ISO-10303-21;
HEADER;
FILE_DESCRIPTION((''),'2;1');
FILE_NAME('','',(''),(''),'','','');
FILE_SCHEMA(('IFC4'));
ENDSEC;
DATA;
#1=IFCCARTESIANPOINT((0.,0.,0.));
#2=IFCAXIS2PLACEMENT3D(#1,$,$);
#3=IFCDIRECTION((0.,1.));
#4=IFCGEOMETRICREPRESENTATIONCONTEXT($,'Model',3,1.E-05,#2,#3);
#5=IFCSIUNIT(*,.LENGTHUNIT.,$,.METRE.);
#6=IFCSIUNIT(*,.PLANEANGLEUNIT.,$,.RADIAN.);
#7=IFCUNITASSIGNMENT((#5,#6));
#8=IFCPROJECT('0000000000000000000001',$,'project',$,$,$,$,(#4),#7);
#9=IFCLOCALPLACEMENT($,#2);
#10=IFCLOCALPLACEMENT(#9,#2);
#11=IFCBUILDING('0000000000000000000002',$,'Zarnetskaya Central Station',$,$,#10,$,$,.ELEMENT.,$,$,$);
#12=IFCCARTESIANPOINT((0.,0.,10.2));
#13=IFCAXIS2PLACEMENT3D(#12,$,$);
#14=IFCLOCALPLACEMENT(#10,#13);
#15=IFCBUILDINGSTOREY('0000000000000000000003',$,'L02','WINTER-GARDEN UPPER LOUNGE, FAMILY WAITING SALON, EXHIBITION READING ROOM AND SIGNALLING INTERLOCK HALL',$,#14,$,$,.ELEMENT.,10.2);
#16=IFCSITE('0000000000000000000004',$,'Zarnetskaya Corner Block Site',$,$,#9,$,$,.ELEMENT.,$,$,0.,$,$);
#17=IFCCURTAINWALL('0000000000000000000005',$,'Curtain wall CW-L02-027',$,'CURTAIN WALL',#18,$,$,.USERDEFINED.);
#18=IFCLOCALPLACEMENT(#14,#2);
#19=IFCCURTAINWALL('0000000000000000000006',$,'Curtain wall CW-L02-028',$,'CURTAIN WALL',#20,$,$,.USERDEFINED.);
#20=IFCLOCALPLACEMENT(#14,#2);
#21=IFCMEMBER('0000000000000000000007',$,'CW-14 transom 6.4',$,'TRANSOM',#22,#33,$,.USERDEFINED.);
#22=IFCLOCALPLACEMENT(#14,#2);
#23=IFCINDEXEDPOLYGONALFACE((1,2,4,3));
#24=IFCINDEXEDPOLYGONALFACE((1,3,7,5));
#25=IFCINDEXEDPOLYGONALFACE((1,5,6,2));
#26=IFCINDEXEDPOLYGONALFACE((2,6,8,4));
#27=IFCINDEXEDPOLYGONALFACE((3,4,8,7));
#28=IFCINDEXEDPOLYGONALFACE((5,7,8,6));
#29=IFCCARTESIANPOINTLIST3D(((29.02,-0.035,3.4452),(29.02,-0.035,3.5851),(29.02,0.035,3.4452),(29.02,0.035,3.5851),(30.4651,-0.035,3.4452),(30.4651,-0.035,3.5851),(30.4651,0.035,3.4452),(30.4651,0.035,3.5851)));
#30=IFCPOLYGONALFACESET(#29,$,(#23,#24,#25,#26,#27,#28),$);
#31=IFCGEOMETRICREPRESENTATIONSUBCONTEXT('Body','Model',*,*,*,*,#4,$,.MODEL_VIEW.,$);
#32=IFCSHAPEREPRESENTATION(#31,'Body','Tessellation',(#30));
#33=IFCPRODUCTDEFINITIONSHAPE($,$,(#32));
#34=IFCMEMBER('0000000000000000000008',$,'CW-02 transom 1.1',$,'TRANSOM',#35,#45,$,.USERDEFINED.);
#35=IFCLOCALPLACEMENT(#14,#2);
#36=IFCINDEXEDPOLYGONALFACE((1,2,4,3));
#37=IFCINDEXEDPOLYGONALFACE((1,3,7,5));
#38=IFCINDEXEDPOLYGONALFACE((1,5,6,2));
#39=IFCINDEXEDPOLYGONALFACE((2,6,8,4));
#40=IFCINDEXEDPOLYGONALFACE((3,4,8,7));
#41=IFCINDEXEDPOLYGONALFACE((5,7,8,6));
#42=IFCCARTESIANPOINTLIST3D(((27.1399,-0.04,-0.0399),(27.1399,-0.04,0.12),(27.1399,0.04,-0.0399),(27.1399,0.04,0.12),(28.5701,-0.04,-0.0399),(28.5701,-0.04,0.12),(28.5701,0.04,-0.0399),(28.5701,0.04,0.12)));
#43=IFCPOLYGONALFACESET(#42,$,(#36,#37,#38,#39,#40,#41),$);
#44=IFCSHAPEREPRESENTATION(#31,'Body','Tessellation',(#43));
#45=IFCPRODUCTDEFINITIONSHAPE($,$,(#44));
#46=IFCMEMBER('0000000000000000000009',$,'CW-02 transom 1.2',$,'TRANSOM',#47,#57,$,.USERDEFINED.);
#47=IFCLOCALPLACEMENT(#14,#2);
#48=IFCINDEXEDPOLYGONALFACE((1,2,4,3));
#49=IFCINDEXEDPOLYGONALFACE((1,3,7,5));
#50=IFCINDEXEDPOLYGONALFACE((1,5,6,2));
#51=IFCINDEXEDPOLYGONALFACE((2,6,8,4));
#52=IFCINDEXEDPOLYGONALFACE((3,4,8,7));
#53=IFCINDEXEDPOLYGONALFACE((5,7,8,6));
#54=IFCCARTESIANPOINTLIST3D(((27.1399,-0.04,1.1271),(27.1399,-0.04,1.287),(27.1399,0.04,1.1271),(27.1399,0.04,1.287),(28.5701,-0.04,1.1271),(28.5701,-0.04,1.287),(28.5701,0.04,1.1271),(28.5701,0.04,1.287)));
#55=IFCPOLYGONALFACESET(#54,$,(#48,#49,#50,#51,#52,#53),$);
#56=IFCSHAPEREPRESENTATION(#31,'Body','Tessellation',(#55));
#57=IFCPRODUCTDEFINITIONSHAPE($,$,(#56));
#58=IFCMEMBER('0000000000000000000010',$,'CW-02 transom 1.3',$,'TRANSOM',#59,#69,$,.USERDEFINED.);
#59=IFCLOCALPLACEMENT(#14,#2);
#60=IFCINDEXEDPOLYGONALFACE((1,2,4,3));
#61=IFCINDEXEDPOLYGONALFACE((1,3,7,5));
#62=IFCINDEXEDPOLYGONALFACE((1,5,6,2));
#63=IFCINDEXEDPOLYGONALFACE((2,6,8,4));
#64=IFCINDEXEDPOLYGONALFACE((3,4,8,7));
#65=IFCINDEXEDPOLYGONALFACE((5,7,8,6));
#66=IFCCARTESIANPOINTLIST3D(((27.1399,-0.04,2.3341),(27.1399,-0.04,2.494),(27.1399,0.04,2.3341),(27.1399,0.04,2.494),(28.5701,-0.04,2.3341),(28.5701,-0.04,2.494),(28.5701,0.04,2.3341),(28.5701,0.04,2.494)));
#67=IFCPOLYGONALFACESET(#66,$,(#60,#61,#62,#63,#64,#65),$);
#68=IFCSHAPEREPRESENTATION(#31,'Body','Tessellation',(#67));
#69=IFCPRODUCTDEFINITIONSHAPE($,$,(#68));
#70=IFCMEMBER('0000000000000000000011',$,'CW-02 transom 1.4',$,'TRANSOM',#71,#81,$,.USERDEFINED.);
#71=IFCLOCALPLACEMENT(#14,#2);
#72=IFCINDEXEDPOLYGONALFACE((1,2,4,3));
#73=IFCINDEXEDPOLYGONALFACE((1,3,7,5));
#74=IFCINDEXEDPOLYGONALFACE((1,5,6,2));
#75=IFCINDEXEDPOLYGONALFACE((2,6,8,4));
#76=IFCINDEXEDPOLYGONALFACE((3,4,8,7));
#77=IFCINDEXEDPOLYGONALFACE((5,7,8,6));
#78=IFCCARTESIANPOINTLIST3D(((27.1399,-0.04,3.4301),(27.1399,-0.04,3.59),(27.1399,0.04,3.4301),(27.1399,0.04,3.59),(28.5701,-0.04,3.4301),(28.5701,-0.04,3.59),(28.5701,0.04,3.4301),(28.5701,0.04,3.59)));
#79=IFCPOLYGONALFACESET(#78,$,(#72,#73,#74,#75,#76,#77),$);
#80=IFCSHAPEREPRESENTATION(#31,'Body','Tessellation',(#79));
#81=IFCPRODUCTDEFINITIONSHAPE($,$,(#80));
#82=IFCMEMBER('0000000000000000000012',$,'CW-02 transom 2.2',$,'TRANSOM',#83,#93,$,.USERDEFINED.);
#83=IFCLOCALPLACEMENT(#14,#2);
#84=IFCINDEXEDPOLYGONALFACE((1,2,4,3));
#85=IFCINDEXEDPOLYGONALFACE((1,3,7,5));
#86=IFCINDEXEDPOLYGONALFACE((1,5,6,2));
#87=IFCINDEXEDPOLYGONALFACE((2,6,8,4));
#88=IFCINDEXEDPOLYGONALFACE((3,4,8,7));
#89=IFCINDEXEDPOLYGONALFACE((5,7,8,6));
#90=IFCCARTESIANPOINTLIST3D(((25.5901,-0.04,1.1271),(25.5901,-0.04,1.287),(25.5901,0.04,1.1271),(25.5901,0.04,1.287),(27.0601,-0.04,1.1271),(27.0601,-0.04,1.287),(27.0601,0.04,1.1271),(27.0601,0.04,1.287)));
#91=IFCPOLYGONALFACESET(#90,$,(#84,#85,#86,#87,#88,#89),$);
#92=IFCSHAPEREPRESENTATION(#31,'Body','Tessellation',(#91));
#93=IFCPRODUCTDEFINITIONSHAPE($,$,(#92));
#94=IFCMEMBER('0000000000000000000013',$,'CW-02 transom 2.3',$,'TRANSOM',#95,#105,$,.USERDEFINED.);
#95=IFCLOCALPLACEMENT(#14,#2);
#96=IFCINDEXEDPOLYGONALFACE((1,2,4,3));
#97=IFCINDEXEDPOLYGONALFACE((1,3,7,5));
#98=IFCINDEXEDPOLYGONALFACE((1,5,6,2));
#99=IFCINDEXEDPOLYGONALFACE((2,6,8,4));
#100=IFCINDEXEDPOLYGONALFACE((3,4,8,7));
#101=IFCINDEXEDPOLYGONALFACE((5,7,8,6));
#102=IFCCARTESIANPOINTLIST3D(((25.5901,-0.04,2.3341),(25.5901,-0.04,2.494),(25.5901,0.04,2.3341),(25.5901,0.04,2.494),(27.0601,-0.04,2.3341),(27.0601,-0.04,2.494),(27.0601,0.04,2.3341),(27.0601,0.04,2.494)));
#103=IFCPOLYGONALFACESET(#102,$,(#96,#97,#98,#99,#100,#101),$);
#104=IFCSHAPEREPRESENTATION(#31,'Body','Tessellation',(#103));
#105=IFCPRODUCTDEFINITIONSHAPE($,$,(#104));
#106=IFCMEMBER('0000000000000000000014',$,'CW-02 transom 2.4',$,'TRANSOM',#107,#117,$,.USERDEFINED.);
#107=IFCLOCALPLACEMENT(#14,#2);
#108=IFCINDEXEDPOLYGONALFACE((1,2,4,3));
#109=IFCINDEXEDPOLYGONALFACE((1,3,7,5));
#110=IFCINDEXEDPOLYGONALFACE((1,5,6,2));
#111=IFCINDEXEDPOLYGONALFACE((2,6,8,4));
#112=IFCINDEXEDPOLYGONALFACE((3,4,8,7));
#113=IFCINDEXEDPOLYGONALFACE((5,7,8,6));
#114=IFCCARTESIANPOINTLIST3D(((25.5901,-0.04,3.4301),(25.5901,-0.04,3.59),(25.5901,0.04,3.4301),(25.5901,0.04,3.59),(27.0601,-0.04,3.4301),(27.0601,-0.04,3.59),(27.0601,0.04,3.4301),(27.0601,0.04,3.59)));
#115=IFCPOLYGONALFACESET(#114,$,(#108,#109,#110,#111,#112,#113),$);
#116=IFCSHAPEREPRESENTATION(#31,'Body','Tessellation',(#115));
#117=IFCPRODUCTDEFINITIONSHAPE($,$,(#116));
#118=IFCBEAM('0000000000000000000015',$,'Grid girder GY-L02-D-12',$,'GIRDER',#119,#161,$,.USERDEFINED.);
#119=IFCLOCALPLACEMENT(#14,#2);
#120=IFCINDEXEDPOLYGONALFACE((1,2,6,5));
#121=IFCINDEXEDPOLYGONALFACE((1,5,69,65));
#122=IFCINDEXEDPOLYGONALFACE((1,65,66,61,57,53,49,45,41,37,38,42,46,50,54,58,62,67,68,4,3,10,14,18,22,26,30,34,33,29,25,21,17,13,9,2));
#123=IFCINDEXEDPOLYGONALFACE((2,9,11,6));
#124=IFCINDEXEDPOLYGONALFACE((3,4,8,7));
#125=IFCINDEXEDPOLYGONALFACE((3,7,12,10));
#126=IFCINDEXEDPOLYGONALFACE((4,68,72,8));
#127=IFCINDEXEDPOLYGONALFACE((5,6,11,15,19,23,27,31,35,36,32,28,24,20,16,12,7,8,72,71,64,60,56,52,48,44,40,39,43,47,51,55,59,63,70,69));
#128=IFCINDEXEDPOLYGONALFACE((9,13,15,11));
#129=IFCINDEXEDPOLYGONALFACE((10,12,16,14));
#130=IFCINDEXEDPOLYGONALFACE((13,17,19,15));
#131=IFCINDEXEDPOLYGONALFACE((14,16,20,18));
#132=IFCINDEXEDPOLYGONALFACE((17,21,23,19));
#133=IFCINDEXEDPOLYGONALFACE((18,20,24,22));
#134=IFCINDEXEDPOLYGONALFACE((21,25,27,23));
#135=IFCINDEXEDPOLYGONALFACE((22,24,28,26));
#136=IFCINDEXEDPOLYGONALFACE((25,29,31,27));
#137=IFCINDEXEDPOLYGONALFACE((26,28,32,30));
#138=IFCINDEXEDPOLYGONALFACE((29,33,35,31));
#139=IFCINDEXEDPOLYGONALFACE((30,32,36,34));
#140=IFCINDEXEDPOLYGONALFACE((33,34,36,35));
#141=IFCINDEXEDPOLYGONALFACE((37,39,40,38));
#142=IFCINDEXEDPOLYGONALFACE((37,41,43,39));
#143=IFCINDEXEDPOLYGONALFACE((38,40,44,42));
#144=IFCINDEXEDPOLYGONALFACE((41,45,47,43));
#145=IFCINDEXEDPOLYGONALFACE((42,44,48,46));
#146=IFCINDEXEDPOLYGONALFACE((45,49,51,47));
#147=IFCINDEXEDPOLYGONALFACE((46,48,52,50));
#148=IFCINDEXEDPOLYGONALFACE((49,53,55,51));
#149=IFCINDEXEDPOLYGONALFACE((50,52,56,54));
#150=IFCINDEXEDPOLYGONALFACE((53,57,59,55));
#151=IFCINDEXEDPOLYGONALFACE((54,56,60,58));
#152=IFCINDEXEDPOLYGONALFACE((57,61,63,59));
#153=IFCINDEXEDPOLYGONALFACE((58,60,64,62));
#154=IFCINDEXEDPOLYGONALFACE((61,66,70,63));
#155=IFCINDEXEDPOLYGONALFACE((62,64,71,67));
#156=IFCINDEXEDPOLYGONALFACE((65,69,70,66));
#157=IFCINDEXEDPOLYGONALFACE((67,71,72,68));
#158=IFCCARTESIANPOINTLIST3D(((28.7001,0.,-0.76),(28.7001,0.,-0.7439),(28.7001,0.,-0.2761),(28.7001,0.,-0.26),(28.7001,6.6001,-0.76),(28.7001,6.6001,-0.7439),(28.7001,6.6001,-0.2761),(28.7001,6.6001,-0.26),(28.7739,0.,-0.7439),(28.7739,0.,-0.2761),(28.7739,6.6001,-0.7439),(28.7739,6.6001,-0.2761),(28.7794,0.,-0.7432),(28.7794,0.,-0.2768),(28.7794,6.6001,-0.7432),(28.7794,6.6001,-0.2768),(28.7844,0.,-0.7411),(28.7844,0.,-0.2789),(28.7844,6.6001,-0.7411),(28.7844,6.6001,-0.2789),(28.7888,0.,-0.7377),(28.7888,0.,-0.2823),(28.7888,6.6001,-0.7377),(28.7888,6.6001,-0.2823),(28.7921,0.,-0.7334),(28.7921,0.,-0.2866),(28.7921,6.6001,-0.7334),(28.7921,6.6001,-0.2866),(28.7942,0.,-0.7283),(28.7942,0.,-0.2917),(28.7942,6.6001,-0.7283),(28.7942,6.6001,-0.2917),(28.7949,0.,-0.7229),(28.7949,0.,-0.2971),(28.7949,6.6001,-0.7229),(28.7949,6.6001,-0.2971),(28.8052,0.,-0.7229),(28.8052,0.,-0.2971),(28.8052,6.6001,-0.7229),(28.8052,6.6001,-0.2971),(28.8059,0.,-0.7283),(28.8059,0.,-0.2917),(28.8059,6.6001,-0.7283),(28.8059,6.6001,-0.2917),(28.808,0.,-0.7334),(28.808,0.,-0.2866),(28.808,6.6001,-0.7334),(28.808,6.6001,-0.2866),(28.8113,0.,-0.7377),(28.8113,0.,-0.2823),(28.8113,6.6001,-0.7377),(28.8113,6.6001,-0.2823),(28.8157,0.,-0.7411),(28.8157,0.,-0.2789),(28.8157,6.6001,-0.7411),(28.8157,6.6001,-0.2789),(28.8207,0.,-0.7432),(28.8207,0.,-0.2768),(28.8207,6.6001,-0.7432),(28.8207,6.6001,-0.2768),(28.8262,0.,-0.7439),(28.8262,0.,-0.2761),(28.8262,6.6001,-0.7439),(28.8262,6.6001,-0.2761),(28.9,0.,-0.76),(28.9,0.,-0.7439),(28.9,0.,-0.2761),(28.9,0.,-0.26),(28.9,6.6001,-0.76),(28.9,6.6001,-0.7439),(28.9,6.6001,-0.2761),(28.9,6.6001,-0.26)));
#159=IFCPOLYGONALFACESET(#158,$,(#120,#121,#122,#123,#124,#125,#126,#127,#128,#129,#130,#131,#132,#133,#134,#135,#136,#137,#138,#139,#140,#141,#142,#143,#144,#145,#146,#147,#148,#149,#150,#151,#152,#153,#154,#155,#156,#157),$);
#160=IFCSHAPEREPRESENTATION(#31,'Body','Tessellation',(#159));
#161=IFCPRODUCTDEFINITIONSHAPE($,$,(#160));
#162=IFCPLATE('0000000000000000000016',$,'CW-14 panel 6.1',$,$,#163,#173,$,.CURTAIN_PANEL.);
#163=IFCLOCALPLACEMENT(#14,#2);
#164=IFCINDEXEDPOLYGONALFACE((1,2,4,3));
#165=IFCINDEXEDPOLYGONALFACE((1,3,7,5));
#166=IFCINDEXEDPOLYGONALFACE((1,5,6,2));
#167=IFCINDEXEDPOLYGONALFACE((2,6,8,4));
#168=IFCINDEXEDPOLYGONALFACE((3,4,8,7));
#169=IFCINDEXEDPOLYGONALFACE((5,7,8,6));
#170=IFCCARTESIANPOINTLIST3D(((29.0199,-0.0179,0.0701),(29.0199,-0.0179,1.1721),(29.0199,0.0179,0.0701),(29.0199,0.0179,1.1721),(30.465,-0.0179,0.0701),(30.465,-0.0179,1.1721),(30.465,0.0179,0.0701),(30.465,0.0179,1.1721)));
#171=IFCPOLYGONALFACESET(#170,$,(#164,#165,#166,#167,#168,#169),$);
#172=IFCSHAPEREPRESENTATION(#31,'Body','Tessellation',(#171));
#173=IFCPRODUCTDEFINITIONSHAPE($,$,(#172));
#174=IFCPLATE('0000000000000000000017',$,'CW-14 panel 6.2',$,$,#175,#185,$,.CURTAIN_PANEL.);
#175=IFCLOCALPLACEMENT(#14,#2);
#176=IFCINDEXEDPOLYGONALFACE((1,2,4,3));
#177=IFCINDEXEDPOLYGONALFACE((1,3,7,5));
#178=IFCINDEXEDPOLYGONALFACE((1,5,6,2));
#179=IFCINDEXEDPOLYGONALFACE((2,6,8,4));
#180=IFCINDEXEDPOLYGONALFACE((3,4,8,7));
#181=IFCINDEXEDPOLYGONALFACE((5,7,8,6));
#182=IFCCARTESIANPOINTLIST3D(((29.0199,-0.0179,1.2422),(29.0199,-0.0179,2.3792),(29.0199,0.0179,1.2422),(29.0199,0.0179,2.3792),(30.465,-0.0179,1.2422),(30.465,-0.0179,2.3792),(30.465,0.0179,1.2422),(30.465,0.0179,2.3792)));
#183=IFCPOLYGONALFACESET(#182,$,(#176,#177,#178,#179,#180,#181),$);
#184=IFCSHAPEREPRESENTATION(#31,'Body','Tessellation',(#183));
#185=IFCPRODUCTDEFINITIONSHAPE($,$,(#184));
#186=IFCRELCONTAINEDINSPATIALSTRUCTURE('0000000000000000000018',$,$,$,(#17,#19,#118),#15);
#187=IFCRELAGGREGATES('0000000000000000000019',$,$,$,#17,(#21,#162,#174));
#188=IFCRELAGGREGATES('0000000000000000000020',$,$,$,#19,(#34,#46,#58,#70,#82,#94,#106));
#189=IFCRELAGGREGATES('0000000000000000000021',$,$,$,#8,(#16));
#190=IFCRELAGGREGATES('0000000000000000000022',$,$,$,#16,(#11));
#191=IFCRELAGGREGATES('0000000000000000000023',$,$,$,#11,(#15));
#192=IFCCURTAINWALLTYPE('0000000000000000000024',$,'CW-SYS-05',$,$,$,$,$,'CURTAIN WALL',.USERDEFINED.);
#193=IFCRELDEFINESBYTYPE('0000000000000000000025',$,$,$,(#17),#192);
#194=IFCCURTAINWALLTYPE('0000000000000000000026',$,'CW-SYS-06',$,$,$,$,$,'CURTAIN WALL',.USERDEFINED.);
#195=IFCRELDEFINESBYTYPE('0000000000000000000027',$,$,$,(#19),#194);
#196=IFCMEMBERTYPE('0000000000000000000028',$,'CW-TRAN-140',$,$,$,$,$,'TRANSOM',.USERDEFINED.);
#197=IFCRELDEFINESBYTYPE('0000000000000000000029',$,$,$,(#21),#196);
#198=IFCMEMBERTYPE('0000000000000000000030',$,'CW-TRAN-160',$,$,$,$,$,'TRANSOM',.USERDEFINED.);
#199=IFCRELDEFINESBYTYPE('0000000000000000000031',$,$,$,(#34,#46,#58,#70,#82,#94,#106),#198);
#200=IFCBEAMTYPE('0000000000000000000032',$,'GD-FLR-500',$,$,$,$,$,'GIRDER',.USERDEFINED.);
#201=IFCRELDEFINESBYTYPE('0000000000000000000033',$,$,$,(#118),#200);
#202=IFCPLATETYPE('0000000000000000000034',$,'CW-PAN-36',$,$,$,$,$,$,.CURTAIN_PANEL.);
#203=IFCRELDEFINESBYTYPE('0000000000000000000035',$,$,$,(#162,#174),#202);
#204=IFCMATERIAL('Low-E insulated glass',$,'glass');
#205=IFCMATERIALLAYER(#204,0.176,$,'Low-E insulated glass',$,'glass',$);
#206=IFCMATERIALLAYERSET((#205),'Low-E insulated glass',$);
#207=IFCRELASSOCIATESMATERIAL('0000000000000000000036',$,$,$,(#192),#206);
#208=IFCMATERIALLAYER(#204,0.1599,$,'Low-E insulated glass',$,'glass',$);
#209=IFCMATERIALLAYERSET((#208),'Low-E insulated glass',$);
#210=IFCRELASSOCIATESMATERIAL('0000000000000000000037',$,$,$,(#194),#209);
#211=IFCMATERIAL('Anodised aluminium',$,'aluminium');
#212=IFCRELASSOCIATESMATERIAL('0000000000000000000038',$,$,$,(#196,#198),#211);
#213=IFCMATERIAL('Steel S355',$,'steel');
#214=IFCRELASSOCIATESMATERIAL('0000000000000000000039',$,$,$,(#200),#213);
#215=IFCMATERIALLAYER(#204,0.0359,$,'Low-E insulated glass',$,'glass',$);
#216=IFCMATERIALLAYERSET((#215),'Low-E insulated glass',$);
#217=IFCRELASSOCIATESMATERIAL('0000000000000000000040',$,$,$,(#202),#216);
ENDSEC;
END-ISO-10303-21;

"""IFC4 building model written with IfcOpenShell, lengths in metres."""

from ifc_helpers import new_model, si_unit, direction, frame, origin, origin_2d, place, context, subcontext, project, spatial, rectangle, i_section, extrude, material, layer, layer_set, material_profile, profile_set, type_object, element, aggregate, save


model = new_model("IFC4")

# Units and contexts
model_context = context("Model", 3, precision=1e-05, world=origin(), true_north=direction((0.0, 1.0)))
body_context = subcontext(model_context, "Body", "Model", "MODEL_VIEW")
ifc_project = project(units=[si_unit("LENGTHUNIT", "METRE"), si_unit("PLANEANGLEUNIT", "RADIAN")], contexts=[model_context])

# Site, building, storey
site_placement = place(None, origin())
site = spatial("IfcSite", under=ifc_project, at=site_placement, Name="Zarnetskaya Corner Block Site", CompositionType="ELEMENT", RefElevation=0.0)
building_placement = place(site_placement, origin())
building = spatial("IfcBuilding", under=site, at=building_placement, Name="Zarnetskaya Central Station", CompositionType="ELEMENT")
storey_placement = place(building_placement, frame((0.0, 0.0, 10.2)))
storey = spatial("IfcBuildingStorey", under=building, at=storey_placement, Name="L02", Description="WINTER-GARDEN UPPER LOUNGE, FAMILY WAITING SALON, EXHIBITION READING ROOM AND SIGNALLING INTERLOCK HALL", CompositionType="ELEMENT", Elevation=10.2)

# Shared definitions
ifc_material_1 = material(Name="Steel S355", Category="steel")

# Curtain walls
ifc_material_2 = material(Name="Low-E insulated glass", Category="glass")
ifc_layer_1 = layer(ifc_material_2, 0.176, Name="Low-E insulated glass", Category="glass")
ifc_layer_set_1 = layer_set([ifc_layer_1], Name="Low-E insulated glass")
curtain_wall_type_1 = type_object("IfcCurtainWallType", Name="CW-SYS-05", ElementType="CURTAIN WALL", PredefinedType="USERDEFINED", material=ifc_layer_set_1)
curtain_wall_1_placement = place(storey_placement, origin())
curtain_wall_1 = element("IfcCurtainWall", 1, at=curtain_wall_1_placement, inside=storey, type_object=curtain_wall_type_1, Name="Curtain wall CW-L02-027", ObjectType="CURTAIN WALL", PredefinedType="USERDEFINED")
ifc_material_3 = material(Name="Anodised aluminium", Category="aluminium")
ifc_layer_2 = layer(ifc_material_2, 0.1599, Name="Low-E insulated glass", Category="glass")
ifc_layer_set_2 = layer_set([ifc_layer_2], Name="Low-E insulated glass")
curtain_wall_type_2 = type_object("IfcCurtainWallType", Name="CW-SYS-06", ElementType="CURTAIN WALL", PredefinedType="USERDEFINED", material=ifc_layer_set_2)
curtain_wall_2_placement = place(storey_placement, origin())
curtain_wall_2 = element("IfcCurtainWall", 2, at=curtain_wall_2_placement, inside=storey, type_object=curtain_wall_type_2, Name="Curtain wall CW-L02-028", ObjectType="CURTAIN WALL", PredefinedType="USERDEFINED")

# Members
ifc_material_profile_1 = material_profile(ifc_material_3, rectangle(XDim=0.0701, YDim=0.1399, at=origin_2d()), Name="ALU TRAN 70x140")
ifc_profile_set_1 = profile_set([ifc_material_profile_1], Name="Anodised aluminium")
member_type_1 = type_object("IfcMemberType", Name="CW-TRAN-140", ElementType="TRANSOM", PredefinedType="USERDEFINED", material=ifc_profile_set_1)
member_1_placement = place(storey_placement, frame((30.4651, 0.0, 3.5151), z_axis=(-1.0, 0.0, 0.0), x_axis=(0.0, -1.0, 0.0)))
member_1 = element("IfcMember", 3, at=member_1_placement, type_object=member_type_1, Name="CW-14 transom 6.4", ObjectType="TRANSOM", PredefinedType="USERDEFINED", context=body_context, shape_type="SweptSolid", body=[
    extrude(rectangle(XDim=0.0701, YDim=0.1399, at=origin_2d()), origin(), (0.0, 0.0, 1.0), 1.4451),
])
ifc_material_profile_2 = material_profile(ifc_material_3, rectangle(XDim=0.0801, YDim=0.1599, at=origin_2d()), Name="ALU TRAN 80x160")
ifc_profile_set_2 = profile_set([ifc_material_profile_2], Name="Anodised aluminium")
member_type_2 = type_object("IfcMemberType", Name="CW-TRAN-160", ElementType="TRANSOM", PredefinedType="USERDEFINED", material=ifc_profile_set_2)
member_2_placement = place(storey_placement, frame((28.5701, 0.0, 0.04), z_axis=(-1.0, 0.0, 0.0), x_axis=(0.0, -1.0, 0.0)))
member_2 = element("IfcMember", 4, at=member_2_placement, type_object=member_type_2, Name="CW-02 transom 1.1", ObjectType="TRANSOM", PredefinedType="USERDEFINED", context=body_context, shape_type="SweptSolid", body=[
    extrude(rectangle(XDim=0.0801, YDim=0.1599, at=origin_2d()), origin(), (0.0, 0.0, 1.0), 1.4302),
])
member_3_placement = place(storey_placement, frame((28.5701, 0.0, 1.207), z_axis=(-1.0, 0.0, 0.0), x_axis=(0.0, -1.0, 0.0)))
member_3 = element("IfcMember", 5, at=member_3_placement, type_object=member_type_2, Name="CW-02 transom 1.2", ObjectType="TRANSOM", PredefinedType="USERDEFINED", context=body_context, shape_type="SweptSolid", body=[
    extrude(rectangle(XDim=0.0801, YDim=0.1599, at=origin_2d()), origin(), (0.0, 0.0, 1.0), 1.4302),
])
member_4_placement = place(storey_placement, frame((28.5701, 0.0, 2.4141), z_axis=(-1.0, 0.0, 0.0), x_axis=(0.0, -1.0, 0.0)))
member_4 = element("IfcMember", 6, at=member_4_placement, type_object=member_type_2, Name="CW-02 transom 1.3", ObjectType="TRANSOM", PredefinedType="USERDEFINED", context=body_context, shape_type="SweptSolid", body=[
    extrude(rectangle(XDim=0.0801, YDim=0.1599, at=origin_2d()), origin(), (0.0, 0.0, 1.0), 1.4302),
])
member_5_placement = place(storey_placement, frame((28.5701, 0.0, 3.51), z_axis=(-1.0, 0.0, 0.0), x_axis=(0.0, -1.0, 0.0)))
member_5 = element("IfcMember", 7, at=member_5_placement, type_object=member_type_2, Name="CW-02 transom 1.4", ObjectType="TRANSOM", PredefinedType="USERDEFINED", context=body_context, shape_type="SweptSolid", body=[
    extrude(rectangle(XDim=0.0801, YDim=0.1599, at=origin_2d()), origin(), (0.0, 0.0, 1.0), 1.4302),
])
member_6_placement = place(storey_placement, frame((27.0601, 0.0, 1.207), z_axis=(-1.0, 0.0, 0.0), x_axis=(0.0, -1.0, 0.0)))
member_6 = element("IfcMember", 8, at=member_6_placement, type_object=member_type_2, Name="CW-02 transom 2.2", ObjectType="TRANSOM", PredefinedType="USERDEFINED", context=body_context, shape_type="SweptSolid", body=[
    extrude(rectangle(XDim=0.0801, YDim=0.1599, at=origin_2d()), origin(), (0.0, 0.0, 1.0), 1.47),
])
member_7_placement = place(storey_placement, frame((27.0601, 0.0, 2.4141), z_axis=(-1.0, 0.0, 0.0), x_axis=(0.0, -1.0, 0.0)))
member_7 = element("IfcMember", 9, at=member_7_placement, type_object=member_type_2, Name="CW-02 transom 2.3", ObjectType="TRANSOM", PredefinedType="USERDEFINED", context=body_context, shape_type="SweptSolid", body=[
    extrude(rectangle(XDim=0.0801, YDim=0.1599, at=origin_2d()), origin(), (0.0, 0.0, 1.0), 1.47),
])
member_8_placement = place(storey_placement, frame((27.0601, 0.0, 3.51), z_axis=(-1.0, 0.0, 0.0), x_axis=(0.0, -1.0, 0.0)))
member_8 = element("IfcMember", 10, at=member_8_placement, type_object=member_type_2, Name="CW-02 transom 2.4", ObjectType="TRANSOM", PredefinedType="USERDEFINED", context=body_context, shape_type="SweptSolid", body=[
    extrude(rectangle(XDim=0.0801, YDim=0.1599, at=origin_2d()), origin(), (0.0, 0.0, 1.0), 1.47),
])

# Beam
ifc_material_profile_3 = material_profile(ifc_material_1, i_section(OverallWidth=0.2, OverallDepth=0.5, WebThickness=0.0103, FlangeThickness=0.0161, FilletRadius=0.021, at=origin_2d()), Name="IPE 500")
ifc_profile_set_3 = profile_set([ifc_material_profile_3], Name="Steel S355")
beam_type_1 = type_object("IfcBeamType", Name="GD-FLR-500", ElementType="GIRDER", PredefinedType="USERDEFINED", material=ifc_profile_set_3)
beam_1_placement = place(storey_placement, frame((28.8, 0.0, -0.51), z_axis=(0.0, 1.0, 0.0), x_axis=(-1.0, 0.0, 0.0)))
element("IfcBeam", 11, at=beam_1_placement, inside=storey, type_object=beam_type_1, Name="Grid girder GY-L02-D-12", ObjectType="GIRDER", PredefinedType="USERDEFINED", context=body_context, shape_type="SweptSolid", body=[
    extrude(i_section(OverallWidth=0.2, OverallDepth=0.5, WebThickness=0.0103, FlangeThickness=0.0161, FilletRadius=0.021, at=origin_2d()), origin(), (0.0, 0.0, 1.0), 6.6001),
])

# Plates
ifc_layer_3 = layer(ifc_material_2, 0.0359, Name="Low-E insulated glass", Category="glass")
ifc_layer_set_3 = layer_set([ifc_layer_3], Name="Low-E insulated glass")
plate_type_1 = type_object("IfcPlateType", Name="CW-PAN-36", PredefinedType="CURTAIN_PANEL", material=ifc_layer_set_3)
plate_1_placement = place(storey_placement, frame((29.7424, 0.0, 0.0701), z_axis=(0.0, 0.0, 1.0), x_axis=(-1.0, 0.0, 0.0)))
plate_1 = element("IfcPlate", 12, at=plate_1_placement, type_object=plate_type_1, Name="CW-14 panel 6.1", PredefinedType="CURTAIN_PANEL", context=body_context, shape_type="SweptSolid", body=[
    extrude(rectangle(XDim=1.4451, YDim=0.0359, at=origin_2d()), origin(), (0.0, 0.0, 1.0), 1.1021),
])
plate_2_placement = place(storey_placement, frame((29.7424, 0.0, 1.2422), z_axis=(0.0, 0.0, 1.0), x_axis=(-1.0, 0.0, 0.0)))
plate_2 = element("IfcPlate", 13, at=plate_2_placement, type_object=plate_type_1, Name="CW-14 panel 6.2", PredefinedType="CURTAIN_PANEL", context=body_context, shape_type="SweptSolid", body=[
    extrude(rectangle(XDim=1.4451, YDim=0.0359, at=origin_2d()), origin(), (0.0, 0.0, 1.0), 1.137),
])
aggregate(curtain_wall_1, [member_1, plate_1, plate_2])
aggregate(curtain_wall_2, [member_2, member_3, member_4, member_5, member_6, member_7, member_8])

save(model, "model.ifc")
